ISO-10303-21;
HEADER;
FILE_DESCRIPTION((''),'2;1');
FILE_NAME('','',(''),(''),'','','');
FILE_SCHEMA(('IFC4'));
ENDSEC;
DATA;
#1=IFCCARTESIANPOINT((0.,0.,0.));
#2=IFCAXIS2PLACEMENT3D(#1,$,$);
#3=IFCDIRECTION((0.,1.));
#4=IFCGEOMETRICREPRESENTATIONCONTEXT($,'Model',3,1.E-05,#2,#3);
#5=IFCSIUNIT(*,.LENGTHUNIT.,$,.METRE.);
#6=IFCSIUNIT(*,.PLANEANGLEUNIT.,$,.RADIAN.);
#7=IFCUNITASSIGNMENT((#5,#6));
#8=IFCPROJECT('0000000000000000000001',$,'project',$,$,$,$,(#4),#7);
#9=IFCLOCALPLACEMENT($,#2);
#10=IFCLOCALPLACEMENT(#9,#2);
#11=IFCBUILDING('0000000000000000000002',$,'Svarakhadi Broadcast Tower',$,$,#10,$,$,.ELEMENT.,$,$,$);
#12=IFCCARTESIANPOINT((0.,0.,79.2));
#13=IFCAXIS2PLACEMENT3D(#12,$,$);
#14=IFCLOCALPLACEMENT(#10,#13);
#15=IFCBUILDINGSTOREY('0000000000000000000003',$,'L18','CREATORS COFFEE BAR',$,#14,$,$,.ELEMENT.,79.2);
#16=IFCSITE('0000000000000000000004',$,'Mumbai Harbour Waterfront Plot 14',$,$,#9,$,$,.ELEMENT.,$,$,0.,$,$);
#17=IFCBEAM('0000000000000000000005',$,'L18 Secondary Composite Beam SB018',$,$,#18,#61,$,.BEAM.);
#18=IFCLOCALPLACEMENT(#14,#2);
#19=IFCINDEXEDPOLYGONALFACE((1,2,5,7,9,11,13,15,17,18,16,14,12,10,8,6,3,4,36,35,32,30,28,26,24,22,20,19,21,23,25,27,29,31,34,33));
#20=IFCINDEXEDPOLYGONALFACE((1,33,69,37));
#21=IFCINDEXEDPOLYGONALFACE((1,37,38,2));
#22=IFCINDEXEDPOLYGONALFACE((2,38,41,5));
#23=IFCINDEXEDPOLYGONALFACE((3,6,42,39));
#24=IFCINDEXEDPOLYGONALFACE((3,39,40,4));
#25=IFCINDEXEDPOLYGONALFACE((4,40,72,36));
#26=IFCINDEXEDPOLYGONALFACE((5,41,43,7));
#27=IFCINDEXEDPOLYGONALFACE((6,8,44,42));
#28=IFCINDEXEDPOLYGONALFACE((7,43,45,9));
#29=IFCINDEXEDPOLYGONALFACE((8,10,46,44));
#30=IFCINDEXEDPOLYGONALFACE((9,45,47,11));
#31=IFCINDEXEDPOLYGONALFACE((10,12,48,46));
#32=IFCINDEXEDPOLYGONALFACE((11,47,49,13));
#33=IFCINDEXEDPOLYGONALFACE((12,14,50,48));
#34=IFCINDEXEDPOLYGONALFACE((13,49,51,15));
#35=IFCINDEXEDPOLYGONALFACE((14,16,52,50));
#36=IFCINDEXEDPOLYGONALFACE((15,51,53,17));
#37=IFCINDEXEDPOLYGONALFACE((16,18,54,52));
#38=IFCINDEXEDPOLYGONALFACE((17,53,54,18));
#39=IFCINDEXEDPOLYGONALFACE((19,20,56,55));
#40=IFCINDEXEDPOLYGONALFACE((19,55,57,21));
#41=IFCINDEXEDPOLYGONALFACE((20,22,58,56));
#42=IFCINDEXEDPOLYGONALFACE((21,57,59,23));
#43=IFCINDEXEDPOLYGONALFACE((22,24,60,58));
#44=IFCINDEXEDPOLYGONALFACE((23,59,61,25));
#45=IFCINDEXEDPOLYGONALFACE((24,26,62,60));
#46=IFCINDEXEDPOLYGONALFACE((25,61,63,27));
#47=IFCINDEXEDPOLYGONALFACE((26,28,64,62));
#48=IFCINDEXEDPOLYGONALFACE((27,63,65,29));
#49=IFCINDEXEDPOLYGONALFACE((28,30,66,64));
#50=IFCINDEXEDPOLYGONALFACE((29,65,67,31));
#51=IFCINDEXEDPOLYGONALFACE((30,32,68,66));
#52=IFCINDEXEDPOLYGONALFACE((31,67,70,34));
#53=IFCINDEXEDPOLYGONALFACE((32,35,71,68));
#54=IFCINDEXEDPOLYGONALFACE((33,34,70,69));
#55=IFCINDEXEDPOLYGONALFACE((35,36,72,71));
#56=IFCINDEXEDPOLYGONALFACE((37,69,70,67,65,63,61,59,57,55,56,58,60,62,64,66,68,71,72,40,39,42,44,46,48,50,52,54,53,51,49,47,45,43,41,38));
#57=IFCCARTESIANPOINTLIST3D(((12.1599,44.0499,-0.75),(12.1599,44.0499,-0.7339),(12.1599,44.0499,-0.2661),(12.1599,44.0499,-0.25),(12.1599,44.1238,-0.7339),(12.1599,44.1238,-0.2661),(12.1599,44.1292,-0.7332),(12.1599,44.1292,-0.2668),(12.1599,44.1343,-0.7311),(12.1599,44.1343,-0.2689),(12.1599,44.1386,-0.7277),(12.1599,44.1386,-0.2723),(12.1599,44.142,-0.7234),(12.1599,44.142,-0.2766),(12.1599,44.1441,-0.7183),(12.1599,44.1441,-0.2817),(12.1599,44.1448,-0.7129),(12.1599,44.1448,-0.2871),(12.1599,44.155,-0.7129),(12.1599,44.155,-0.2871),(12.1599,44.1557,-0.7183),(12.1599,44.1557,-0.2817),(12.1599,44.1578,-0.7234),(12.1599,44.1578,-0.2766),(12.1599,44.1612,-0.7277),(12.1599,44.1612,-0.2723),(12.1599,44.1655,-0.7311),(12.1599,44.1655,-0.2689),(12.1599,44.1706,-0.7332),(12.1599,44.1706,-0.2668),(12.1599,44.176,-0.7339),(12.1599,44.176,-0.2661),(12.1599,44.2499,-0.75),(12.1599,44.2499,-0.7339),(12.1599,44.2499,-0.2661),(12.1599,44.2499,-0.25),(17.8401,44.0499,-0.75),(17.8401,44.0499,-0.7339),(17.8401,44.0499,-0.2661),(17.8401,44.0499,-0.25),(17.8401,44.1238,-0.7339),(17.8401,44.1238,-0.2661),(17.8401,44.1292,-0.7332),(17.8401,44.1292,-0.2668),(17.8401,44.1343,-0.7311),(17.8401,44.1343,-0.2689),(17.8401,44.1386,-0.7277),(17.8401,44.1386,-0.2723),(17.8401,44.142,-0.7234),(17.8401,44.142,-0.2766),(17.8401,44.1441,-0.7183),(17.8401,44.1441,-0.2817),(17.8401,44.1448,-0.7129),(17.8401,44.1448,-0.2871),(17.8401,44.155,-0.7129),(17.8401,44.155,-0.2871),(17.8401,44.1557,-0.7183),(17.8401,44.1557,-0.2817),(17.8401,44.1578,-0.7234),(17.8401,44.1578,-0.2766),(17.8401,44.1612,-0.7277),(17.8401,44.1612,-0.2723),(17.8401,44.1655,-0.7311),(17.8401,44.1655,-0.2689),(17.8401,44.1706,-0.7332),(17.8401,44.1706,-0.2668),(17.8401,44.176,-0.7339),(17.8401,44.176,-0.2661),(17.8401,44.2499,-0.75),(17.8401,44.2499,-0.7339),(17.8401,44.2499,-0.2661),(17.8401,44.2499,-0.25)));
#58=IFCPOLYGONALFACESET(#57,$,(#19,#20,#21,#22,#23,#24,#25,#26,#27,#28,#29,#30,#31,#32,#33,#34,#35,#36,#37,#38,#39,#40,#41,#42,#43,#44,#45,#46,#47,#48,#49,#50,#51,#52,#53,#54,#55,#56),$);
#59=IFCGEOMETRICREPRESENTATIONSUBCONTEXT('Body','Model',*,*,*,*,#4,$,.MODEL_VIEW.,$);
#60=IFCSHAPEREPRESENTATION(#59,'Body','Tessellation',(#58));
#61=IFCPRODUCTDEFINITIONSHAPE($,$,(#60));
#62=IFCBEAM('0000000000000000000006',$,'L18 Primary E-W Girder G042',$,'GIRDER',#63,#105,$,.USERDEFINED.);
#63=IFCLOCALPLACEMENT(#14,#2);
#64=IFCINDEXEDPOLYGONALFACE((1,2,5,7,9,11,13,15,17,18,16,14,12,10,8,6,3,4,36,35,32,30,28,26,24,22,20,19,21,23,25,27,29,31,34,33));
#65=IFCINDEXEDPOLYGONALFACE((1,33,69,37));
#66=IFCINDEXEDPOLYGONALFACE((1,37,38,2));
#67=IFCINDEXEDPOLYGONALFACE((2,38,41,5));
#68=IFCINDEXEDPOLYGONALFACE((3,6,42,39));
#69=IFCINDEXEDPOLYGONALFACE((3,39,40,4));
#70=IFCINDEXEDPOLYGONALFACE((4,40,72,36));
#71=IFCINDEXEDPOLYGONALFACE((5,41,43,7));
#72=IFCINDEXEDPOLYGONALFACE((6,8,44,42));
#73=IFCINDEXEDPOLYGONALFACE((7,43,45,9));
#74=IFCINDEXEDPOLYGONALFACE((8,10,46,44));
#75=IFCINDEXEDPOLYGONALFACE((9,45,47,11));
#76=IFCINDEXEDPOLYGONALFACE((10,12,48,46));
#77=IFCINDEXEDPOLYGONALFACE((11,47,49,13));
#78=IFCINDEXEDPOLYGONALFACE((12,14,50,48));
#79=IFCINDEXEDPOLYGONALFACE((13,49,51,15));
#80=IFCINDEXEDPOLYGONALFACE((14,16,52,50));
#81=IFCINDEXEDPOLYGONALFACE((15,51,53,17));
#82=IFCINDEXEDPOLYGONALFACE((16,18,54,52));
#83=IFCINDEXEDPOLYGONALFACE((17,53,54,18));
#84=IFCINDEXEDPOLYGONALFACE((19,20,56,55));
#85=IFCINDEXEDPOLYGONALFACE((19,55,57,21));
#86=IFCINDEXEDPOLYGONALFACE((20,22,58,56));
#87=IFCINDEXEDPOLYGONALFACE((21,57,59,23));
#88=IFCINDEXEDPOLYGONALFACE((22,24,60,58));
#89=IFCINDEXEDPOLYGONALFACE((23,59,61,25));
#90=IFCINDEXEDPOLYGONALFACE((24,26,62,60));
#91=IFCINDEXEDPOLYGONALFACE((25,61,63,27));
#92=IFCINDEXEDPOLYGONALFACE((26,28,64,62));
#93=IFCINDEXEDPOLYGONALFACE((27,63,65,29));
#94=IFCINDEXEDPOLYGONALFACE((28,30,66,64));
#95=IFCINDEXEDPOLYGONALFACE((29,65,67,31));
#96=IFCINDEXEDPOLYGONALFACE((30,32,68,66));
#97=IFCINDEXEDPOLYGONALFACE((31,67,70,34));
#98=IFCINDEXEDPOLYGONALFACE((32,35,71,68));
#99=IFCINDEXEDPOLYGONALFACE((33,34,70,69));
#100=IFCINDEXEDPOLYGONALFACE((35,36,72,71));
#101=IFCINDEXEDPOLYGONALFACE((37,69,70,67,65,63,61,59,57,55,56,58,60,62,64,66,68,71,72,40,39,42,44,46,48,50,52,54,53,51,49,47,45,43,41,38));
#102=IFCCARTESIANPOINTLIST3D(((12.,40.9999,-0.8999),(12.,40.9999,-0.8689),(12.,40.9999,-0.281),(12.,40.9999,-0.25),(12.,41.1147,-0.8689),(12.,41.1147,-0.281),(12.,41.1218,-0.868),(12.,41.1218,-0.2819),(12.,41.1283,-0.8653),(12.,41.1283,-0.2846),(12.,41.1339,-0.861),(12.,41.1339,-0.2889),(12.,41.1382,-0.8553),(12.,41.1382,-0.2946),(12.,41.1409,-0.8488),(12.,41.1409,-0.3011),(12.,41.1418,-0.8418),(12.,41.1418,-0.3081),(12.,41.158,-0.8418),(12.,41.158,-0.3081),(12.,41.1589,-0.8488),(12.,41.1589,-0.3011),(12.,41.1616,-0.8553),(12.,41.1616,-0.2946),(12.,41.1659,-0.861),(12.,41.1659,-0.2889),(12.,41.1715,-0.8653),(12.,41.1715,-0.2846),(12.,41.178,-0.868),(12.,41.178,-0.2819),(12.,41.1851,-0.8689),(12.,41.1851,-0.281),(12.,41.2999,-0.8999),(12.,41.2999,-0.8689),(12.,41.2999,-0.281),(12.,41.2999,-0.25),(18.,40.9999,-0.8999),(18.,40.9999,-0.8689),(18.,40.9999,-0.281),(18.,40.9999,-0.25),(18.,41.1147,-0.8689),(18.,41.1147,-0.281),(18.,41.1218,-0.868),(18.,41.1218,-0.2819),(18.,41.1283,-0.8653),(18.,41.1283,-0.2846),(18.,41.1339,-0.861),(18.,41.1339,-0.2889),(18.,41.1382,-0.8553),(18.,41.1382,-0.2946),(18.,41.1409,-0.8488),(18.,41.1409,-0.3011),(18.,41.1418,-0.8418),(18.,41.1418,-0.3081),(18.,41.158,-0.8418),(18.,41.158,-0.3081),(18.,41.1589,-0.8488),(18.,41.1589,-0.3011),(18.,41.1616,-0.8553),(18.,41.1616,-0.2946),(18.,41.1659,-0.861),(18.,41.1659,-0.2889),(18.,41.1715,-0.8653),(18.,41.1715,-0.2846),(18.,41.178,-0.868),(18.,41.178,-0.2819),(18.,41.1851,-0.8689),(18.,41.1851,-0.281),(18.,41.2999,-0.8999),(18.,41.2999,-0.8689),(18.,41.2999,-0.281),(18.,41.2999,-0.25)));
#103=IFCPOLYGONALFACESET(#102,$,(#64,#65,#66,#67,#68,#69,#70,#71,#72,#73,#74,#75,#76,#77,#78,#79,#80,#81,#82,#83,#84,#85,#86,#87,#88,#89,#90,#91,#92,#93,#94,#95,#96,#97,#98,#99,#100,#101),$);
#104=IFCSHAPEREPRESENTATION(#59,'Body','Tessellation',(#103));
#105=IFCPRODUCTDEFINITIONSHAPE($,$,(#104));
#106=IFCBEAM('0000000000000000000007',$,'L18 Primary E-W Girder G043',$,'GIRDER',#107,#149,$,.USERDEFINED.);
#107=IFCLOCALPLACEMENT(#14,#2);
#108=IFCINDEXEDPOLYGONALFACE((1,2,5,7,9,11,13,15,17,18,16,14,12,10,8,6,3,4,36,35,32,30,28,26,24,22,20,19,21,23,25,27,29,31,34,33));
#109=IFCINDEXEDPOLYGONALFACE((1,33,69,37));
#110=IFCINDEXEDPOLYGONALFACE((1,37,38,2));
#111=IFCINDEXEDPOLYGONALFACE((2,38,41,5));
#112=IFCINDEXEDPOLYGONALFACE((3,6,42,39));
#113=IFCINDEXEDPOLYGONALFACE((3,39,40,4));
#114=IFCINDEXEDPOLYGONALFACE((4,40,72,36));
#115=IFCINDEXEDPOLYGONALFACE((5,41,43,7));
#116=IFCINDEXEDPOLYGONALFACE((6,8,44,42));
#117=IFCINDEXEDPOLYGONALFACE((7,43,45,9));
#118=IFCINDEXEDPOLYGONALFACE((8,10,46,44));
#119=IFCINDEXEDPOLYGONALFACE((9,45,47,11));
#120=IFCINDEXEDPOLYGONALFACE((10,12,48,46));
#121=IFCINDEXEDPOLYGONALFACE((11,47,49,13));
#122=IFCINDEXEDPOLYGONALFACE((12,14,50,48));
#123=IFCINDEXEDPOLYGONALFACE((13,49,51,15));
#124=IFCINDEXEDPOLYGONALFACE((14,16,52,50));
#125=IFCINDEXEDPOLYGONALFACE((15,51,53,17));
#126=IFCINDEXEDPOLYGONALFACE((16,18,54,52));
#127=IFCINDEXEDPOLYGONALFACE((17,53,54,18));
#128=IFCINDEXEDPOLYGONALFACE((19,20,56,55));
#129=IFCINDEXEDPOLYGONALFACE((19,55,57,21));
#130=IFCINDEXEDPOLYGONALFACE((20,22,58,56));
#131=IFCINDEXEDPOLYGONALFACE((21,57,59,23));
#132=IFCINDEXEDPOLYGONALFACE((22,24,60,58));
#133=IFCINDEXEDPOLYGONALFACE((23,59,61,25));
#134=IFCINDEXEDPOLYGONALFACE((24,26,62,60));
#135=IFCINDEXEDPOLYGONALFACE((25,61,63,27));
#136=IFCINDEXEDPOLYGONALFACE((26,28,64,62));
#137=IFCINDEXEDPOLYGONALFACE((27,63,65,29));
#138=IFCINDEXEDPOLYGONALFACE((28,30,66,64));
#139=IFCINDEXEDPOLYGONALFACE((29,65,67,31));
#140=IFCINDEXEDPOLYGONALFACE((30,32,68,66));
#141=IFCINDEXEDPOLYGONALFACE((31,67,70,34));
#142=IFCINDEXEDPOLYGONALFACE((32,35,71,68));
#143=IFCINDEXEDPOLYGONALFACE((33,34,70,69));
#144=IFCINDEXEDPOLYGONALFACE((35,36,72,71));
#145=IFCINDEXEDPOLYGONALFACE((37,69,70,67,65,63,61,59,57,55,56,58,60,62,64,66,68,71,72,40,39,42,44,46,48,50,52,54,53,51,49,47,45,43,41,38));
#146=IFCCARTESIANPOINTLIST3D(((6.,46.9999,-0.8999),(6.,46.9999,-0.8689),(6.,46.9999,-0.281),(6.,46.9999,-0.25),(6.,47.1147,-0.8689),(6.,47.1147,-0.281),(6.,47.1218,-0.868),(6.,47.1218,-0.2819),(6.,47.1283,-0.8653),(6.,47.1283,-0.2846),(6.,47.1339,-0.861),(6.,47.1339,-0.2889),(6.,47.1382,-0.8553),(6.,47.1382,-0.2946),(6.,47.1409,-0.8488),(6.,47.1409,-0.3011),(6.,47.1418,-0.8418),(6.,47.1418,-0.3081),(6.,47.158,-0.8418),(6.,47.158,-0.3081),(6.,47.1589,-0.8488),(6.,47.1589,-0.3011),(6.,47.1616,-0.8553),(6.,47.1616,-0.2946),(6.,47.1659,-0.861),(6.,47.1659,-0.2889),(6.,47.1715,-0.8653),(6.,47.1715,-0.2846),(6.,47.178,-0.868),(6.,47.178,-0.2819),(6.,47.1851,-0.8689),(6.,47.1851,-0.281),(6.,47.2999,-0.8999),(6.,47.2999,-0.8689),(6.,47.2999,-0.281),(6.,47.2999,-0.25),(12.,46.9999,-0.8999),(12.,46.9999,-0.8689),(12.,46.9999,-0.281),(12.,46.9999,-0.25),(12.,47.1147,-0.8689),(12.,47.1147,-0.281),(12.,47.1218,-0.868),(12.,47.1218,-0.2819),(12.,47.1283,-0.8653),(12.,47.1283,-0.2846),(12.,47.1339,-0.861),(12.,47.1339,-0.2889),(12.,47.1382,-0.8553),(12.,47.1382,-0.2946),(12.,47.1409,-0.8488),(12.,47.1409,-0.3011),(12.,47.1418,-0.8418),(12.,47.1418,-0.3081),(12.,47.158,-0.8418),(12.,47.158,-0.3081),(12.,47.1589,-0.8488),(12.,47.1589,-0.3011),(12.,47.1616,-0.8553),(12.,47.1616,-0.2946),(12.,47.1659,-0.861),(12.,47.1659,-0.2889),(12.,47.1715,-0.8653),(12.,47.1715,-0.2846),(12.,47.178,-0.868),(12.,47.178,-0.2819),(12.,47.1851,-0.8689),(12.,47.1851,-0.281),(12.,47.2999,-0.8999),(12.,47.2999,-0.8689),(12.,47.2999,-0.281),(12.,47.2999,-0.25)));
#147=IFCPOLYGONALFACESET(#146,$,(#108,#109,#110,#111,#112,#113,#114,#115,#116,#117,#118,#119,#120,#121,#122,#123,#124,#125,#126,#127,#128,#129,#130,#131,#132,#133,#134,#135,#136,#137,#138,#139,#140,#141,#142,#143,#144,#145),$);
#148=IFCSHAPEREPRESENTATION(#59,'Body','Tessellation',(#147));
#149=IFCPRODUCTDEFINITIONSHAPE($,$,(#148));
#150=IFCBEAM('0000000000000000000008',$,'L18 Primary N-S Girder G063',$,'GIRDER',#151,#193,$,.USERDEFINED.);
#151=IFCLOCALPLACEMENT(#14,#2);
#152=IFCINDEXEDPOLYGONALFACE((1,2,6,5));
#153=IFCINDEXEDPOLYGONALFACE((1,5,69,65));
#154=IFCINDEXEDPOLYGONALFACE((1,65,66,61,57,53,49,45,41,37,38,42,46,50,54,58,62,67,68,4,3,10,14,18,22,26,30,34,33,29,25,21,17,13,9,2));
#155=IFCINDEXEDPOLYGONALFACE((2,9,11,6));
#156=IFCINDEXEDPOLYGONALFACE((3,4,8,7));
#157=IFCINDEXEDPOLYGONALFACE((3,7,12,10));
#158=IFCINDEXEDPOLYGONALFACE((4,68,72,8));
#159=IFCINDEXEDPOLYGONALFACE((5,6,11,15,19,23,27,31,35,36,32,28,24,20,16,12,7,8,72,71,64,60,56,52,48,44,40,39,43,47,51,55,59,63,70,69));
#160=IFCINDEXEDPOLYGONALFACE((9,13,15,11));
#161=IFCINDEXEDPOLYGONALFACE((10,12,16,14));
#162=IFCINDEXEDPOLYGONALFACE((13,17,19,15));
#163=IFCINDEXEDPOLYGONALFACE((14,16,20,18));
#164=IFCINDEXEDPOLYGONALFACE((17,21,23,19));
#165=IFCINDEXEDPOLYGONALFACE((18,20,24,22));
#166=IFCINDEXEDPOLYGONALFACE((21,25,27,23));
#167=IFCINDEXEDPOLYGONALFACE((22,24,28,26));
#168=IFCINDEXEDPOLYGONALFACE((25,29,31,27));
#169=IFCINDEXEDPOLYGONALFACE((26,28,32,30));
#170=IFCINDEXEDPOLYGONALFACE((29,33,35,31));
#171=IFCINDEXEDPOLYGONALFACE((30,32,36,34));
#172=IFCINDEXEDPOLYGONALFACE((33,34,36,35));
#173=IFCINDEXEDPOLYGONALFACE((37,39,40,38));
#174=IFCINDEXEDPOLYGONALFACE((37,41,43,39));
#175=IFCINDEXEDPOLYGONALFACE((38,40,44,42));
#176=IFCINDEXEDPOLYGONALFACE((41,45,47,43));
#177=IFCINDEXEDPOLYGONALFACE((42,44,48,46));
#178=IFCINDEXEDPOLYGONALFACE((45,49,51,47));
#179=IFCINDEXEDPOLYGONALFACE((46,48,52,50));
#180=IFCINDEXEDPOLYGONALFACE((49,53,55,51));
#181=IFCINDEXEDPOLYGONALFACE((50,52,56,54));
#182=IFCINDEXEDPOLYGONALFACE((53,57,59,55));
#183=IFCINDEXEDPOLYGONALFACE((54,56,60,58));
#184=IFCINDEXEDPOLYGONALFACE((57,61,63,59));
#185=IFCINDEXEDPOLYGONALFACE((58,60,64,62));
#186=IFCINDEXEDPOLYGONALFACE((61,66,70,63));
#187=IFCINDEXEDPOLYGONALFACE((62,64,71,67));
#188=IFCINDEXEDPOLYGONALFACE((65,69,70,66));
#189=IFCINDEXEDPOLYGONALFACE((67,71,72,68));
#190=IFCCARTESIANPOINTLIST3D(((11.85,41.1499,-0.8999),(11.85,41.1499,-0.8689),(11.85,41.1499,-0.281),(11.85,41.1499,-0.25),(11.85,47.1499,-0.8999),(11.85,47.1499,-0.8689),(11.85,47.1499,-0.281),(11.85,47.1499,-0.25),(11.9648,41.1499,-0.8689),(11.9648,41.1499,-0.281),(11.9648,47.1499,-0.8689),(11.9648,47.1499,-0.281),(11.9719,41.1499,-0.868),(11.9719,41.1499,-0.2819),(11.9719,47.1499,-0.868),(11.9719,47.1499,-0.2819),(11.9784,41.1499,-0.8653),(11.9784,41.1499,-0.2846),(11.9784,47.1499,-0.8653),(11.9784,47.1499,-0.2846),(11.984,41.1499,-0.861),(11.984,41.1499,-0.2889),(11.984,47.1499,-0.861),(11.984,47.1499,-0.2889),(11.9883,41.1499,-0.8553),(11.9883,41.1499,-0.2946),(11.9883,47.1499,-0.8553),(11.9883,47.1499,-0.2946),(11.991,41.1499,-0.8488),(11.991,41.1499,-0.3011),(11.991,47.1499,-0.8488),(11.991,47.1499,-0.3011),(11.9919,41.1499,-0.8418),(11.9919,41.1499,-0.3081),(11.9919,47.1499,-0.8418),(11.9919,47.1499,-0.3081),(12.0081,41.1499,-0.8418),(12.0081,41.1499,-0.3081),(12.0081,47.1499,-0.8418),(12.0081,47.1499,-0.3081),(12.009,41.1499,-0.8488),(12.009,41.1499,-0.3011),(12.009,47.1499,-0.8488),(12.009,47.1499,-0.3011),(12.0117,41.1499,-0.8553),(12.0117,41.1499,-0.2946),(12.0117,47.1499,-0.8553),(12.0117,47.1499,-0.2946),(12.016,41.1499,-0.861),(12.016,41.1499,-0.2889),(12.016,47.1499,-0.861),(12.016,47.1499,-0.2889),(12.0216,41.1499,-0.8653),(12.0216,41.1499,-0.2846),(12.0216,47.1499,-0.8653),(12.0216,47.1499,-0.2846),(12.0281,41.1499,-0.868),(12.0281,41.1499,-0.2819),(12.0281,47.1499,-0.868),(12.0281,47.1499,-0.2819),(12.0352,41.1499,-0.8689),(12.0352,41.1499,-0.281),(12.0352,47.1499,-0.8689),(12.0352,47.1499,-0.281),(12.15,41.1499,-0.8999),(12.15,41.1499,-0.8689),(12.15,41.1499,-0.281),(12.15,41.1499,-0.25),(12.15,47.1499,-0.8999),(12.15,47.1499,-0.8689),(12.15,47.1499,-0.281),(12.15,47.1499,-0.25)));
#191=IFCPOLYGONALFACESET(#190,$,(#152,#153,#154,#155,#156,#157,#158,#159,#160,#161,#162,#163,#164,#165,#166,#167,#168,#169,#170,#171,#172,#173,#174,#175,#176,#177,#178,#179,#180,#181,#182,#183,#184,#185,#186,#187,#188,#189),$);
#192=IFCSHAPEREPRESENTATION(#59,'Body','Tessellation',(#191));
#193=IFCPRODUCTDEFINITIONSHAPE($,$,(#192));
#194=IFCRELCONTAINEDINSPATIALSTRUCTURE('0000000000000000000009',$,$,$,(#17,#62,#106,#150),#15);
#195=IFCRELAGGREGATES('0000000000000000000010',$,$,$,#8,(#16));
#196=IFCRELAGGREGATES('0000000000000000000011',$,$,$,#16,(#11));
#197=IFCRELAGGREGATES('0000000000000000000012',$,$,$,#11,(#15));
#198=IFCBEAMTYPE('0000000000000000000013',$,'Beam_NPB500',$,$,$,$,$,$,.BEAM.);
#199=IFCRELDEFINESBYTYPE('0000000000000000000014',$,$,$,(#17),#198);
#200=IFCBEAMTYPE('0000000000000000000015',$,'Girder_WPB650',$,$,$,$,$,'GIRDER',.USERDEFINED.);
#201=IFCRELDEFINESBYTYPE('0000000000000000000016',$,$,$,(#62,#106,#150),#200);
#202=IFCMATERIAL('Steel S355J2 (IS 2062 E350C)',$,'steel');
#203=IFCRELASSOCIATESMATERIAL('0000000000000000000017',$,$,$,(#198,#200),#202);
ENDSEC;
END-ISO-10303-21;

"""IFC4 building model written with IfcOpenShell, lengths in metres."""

from ifc_helpers import new_model, si_unit, direction, frame, origin, origin_2d, place, context, subcontext, project, spatial, i_section, extrude, material, material_profile, profile_set, type_object, element, save


model = new_model("IFC4")

# Units and contexts
model_context = context("Model", 3, precision=1e-05, world=origin(), true_north=direction((0.0, 1.0)))
body_context = subcontext(model_context, "Body", "Model", "MODEL_VIEW")
ifc_project = project(units=[si_unit("LENGTHUNIT", "METRE"), si_unit("PLANEANGLEUNIT", "RADIAN")], contexts=[model_context])

# Site, building, storey
site_placement = place(None, origin())
site = spatial("IfcSite", under=ifc_project, at=site_placement, Name="Mumbai Harbour Waterfront Plot 14", CompositionType="ELEMENT", RefElevation=0.0)
building_placement = place(site_placement, origin())
building = spatial("IfcBuilding", under=site, at=building_placement, Name="Svarakhadi Broadcast Tower", CompositionType="ELEMENT")
storey_placement = place(building_placement, frame((0.0, 0.0, 79.2)))
storey = spatial("IfcBuildingStorey", under=building, at=storey_placement, Name="L18", Description="CREATORS COFFEE BAR", CompositionType="ELEMENT", Elevation=79.2)

# Beams
ifc_material_1 = material(Name="Steel S355J2 (IS 2062 E350C)", Category="steel")
ifc_material_profile_1 = material_profile(ifc_material_1, i_section(OverallWidth=0.2, OverallDepth=0.5, WebThickness=0.0103, FlangeThickness=0.0161, FilletRadius=0.021, at=origin_2d()), Name="NPB 500x200x91")
ifc_profile_set_1 = profile_set([ifc_material_profile_1], Name="Steel S355J2 (IS 2062 E350C)")
beam_type_1 = type_object("IfcBeamType", Name="Beam_NPB500", PredefinedType="BEAM", material=ifc_profile_set_1)
for number, where, z_axis, x_axis, name in (
    (1, (12.1599, 44.1499, -0.5), (1.0, 0.0, 0.0), (0.0, 1.0, 0.0), "L18 Secondary Composite Beam SB018"),
):
    element("IfcBeam", number, at=place(storey_placement, frame(where, z_axis=z_axis, x_axis=x_axis)), inside=storey, type_object=beam_type_1, Name=name, PredefinedType="BEAM", context=body_context, shape_type="SweptSolid", body=[
        extrude(i_section(OverallWidth=0.2, OverallDepth=0.5, WebThickness=0.0103, FlangeThickness=0.0161, FilletRadius=0.021, at=origin_2d()), origin(), (0.0, 0.0, 1.0), 5.6802),
    ])
ifc_material_profile_2 = material_profile(ifc_material_1, i_section(OverallWidth=0.3, OverallDepth=0.6499, WebThickness=0.0161, FlangeThickness=0.031, FilletRadius=0.0271, at=origin_2d()), Name="WPB 650x300x225")
ifc_profile_set_2 = profile_set([ifc_material_profile_2], Name="Steel S355J2 (IS 2062 E350C)")
beam_type_2 = type_object("IfcBeamType", Name="Girder_WPB650", ElementType="GIRDER", PredefinedType="USERDEFINED", material=ifc_profile_set_2)
for number, where, z_axis, x_axis, name in (
    (2, (12.0, 41.1499, -0.575), (1.0, 0.0, 0.0), (0.0, 1.0, 0.0), "L18 Primary E-W Girder G042"),
    (3, (6.0, 47.1499, -0.575), (1.0, 0.0, 0.0), (0.0, 1.0, 0.0), "L18 Primary E-W Girder G043"),
    (4, (12.0, 41.1499, -0.575), (0.0, 1.0, 0.0), (-1.0, 0.0, 0.0), "L18 Primary N-S Girder G063"),
):
    element("IfcBeam", number, at=place(storey_placement, frame(where, z_axis=z_axis, x_axis=x_axis)), inside=storey, type_object=beam_type_2, Name=name, ObjectType="GIRDER", PredefinedType="USERDEFINED", context=body_context, shape_type="SweptSolid", body=[
        extrude(i_section(OverallWidth=0.3, OverallDepth=0.6499, WebThickness=0.0161, FlangeThickness=0.031, FilletRadius=0.0271, at=origin_2d()), origin(), (0.0, 0.0, 1.0), 6.0),
    ])

save(model, "model.ifc")
